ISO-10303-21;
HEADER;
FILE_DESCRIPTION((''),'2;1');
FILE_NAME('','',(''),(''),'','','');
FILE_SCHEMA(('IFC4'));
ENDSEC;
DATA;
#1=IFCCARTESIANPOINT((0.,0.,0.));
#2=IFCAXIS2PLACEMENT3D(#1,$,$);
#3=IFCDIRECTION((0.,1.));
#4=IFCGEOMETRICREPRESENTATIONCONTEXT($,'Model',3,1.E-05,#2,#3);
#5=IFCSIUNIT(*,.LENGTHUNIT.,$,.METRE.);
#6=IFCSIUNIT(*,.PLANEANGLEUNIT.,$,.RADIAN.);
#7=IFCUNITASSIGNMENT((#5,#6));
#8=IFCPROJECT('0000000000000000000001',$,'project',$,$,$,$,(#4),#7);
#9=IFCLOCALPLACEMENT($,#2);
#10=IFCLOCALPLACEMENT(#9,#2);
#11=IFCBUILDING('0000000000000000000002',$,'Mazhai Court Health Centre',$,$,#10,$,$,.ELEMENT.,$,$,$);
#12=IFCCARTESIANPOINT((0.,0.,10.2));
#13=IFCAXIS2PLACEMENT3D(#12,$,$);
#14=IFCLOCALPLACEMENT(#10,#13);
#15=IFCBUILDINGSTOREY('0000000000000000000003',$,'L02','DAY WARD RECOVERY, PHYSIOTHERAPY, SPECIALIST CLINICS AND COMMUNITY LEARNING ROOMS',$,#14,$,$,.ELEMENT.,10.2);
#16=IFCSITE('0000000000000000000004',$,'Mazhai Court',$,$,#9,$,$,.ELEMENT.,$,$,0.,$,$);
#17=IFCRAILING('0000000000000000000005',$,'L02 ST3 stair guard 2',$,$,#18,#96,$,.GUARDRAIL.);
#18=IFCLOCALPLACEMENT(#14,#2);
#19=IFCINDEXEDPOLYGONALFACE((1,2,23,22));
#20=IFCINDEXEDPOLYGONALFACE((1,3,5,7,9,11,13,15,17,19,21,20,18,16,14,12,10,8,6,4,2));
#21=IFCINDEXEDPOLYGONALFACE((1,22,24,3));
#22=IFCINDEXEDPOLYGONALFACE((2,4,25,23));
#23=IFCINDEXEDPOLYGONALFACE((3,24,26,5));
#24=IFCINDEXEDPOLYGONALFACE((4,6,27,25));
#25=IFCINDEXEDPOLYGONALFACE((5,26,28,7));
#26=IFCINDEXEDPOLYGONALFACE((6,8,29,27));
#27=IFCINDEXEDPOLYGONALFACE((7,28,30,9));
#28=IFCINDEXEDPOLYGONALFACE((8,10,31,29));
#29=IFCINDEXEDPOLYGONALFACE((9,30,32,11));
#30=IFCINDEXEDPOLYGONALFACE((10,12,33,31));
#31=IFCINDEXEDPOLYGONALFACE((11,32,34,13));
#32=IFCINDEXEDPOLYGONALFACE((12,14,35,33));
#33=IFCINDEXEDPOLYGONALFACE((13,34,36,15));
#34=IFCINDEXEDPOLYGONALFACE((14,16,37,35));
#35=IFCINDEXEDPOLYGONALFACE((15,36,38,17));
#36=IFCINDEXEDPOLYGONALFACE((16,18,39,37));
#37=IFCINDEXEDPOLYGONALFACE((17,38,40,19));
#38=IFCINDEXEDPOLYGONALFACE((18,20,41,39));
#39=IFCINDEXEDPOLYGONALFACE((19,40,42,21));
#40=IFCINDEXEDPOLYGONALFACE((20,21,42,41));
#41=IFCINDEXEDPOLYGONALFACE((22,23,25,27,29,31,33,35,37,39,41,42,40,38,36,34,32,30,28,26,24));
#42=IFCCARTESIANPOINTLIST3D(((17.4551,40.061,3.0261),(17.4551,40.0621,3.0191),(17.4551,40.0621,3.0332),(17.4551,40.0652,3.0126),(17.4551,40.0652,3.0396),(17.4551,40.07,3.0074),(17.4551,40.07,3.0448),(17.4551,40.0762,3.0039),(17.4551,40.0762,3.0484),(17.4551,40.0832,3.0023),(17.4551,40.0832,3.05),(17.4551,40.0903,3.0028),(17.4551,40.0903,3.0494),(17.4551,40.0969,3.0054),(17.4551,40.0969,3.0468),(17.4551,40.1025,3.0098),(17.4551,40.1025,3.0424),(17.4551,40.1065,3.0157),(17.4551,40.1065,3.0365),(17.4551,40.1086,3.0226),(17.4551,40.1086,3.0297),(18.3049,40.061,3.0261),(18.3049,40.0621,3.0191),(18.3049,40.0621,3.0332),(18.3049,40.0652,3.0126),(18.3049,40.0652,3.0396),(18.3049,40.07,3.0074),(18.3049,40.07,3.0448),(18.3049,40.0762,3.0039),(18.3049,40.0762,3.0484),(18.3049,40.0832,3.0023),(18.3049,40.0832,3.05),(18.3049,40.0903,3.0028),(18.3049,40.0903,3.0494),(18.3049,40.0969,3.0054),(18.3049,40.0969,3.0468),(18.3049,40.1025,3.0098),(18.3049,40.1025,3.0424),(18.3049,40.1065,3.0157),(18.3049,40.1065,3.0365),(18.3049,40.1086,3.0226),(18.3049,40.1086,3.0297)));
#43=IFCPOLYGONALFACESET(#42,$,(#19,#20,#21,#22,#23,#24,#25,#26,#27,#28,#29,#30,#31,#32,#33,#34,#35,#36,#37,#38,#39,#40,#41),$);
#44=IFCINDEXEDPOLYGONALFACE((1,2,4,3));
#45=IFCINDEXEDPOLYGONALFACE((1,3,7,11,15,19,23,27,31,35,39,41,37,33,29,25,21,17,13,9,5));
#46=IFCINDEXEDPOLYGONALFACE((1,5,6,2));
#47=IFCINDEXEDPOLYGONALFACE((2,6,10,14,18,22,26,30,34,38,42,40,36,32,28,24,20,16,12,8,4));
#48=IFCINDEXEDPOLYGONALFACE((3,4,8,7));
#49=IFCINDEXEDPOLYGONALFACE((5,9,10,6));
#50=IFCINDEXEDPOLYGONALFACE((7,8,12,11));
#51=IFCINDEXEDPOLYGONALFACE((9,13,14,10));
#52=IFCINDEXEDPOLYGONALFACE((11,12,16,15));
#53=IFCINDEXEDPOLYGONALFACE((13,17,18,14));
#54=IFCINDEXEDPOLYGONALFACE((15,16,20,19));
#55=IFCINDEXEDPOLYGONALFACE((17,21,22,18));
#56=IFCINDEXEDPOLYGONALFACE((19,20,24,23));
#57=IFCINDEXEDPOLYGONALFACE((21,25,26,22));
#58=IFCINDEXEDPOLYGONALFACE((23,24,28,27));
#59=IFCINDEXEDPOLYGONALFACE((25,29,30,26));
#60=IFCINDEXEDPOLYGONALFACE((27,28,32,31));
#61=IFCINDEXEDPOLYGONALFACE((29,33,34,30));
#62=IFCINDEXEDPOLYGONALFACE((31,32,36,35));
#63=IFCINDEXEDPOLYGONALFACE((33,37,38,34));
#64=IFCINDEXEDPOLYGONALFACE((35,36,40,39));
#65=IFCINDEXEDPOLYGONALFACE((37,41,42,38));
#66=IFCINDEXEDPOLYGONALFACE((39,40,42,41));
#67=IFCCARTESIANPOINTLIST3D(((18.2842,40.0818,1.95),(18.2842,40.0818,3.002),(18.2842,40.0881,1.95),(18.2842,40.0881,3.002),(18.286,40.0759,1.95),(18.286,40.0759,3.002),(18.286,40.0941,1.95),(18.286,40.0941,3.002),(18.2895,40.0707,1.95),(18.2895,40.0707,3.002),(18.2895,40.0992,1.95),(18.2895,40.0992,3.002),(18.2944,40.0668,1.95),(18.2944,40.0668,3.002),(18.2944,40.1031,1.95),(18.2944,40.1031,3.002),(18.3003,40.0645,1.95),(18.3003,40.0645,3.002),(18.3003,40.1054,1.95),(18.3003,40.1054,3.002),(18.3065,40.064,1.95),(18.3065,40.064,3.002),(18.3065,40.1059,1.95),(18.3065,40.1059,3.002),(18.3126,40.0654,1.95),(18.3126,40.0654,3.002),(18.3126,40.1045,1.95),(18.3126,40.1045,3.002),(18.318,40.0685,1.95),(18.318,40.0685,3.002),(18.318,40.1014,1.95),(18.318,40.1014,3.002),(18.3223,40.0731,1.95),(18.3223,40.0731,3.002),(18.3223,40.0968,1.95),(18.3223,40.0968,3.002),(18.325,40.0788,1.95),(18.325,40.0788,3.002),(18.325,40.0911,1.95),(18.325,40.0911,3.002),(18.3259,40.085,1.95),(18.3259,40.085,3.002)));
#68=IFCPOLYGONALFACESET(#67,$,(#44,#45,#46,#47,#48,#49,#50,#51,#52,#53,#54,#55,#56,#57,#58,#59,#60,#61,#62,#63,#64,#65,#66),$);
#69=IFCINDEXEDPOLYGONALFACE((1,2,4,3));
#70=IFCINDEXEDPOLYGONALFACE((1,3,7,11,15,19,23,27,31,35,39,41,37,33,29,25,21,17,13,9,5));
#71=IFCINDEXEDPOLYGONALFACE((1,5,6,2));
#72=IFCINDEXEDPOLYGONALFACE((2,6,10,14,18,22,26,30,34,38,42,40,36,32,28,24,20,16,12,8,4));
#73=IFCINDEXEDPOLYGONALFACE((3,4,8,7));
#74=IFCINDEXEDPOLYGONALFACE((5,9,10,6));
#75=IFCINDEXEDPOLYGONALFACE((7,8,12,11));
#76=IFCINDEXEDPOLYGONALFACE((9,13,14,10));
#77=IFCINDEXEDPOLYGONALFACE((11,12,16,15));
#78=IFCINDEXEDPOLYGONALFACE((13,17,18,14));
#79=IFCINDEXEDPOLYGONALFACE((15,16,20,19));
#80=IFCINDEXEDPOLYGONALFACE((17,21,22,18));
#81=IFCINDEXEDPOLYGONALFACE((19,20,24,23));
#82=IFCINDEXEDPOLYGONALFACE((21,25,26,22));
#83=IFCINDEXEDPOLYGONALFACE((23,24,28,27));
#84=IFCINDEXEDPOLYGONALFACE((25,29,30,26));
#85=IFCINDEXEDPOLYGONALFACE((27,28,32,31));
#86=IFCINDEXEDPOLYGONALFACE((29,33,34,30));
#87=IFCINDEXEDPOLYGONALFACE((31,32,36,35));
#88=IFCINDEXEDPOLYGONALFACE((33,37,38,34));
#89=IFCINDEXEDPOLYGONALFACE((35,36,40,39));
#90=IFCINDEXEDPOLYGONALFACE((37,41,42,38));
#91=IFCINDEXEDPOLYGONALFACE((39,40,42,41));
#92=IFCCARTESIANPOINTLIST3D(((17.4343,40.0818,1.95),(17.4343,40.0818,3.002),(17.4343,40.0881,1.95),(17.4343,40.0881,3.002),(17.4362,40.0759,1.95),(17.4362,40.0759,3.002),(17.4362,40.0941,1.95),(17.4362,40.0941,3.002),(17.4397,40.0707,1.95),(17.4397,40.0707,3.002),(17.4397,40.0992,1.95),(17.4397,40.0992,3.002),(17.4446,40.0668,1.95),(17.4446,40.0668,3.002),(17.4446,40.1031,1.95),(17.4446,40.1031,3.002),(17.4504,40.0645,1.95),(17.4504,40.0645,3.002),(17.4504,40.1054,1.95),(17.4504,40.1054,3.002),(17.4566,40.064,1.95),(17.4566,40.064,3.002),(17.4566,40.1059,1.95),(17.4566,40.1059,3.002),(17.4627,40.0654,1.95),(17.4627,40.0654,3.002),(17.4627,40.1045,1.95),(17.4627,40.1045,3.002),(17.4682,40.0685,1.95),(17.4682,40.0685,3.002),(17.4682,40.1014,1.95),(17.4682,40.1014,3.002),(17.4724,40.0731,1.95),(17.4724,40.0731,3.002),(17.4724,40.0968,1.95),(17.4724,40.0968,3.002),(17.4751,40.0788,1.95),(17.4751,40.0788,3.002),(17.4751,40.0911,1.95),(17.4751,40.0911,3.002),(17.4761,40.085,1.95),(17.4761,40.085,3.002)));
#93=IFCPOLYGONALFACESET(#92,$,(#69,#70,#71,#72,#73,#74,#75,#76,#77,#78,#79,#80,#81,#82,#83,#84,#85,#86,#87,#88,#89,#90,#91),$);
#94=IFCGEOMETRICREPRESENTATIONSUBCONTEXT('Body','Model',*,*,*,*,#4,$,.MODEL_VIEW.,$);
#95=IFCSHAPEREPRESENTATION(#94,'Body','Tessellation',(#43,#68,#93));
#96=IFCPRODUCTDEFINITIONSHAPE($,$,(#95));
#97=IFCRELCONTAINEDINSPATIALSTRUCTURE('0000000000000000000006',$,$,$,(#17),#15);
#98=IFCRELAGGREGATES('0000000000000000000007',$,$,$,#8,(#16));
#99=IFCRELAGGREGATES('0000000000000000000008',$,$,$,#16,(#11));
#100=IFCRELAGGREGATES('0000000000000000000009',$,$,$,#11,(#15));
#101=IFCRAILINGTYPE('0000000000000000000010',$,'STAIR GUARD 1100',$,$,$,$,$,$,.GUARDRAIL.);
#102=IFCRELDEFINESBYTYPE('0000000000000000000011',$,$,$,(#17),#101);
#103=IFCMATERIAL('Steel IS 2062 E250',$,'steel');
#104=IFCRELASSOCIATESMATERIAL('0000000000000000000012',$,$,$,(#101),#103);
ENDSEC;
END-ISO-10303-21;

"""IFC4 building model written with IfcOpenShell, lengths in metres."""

from ifc_helpers import new_model, si_unit, direction, frame, origin, origin_2d, place, context, subcontext, project, spatial, circle, extrude, material, type_object, element, save


model = new_model("IFC4")

# Units and contexts
model_context = context("Model", 3, precision=1e-05, world=origin(), true_north=direction((0.0, 1.0)))
body_context = subcontext(model_context, "Body", "Model", "MODEL_VIEW")
ifc_project = project(units=[si_unit("LENGTHUNIT", "METRE"), si_unit("PLANEANGLEUNIT", "RADIAN")], contexts=[model_context])

# Site, building, storey
site_placement = place(None, origin())
site = spatial("IfcSite", under=ifc_project, at=site_placement, Name="Mazhai Court", CompositionType="ELEMENT", RefElevation=0.0)
building_placement = place(site_placement, origin())
building = spatial("IfcBuilding", under=site, at=building_placement, Name="Mazhai Court Health Centre", CompositionType="ELEMENT")
storey_placement = place(building_placement, frame((0.0, 0.0, 10.2)))
storey = spatial("IfcBuildingStorey", under=building, at=storey_placement, Name="L02", Description="DAY WARD RECOVERY, PHYSIOTHERAPY, SPECIALIST CLINICS AND COMMUNITY LEARNING ROOMS", CompositionType="ELEMENT", Elevation=10.2)

# Railing
ifc_material_1 = material(Name="Steel IS 2062 E250", Category="steel")
railing_type_1 = type_object("IfcRailingType", Name="STAIR GUARD 1100", PredefinedType="GUARDRAIL", material=ifc_material_1)
railing_1_placement = place(storey_placement, frame((18.3049, 40.085, 1.95)))
element("IfcRailing", 1, at=railing_1_placement, inside=storey, type_object=railing_type_1, Name="L02 ST3 stair guard 2", PredefinedType="GUARDRAIL", context=body_context, shape_type="SweptSolid", body=[
    extrude(circle(Radius=0.0239, at=origin_2d()), frame((0.0, 0.0, 1.0762), z_axis=(-1.0, 0.0, 0.0), x_axis=(0.0, -1.0, 0.0)), (0.0, 0.0, 1.0), 0.8499),
    extrude(circle(Radius=0.021, at=origin_2d()), origin(), (0.0, 0.0, 1.0), 1.052),
    extrude(circle(Radius=0.021, at=origin_2d()), frame((-0.8499, 0.0, 0.0)), (0.0, 0.0, 1.0), 1.052),
])

save(model, "model.ifc")
